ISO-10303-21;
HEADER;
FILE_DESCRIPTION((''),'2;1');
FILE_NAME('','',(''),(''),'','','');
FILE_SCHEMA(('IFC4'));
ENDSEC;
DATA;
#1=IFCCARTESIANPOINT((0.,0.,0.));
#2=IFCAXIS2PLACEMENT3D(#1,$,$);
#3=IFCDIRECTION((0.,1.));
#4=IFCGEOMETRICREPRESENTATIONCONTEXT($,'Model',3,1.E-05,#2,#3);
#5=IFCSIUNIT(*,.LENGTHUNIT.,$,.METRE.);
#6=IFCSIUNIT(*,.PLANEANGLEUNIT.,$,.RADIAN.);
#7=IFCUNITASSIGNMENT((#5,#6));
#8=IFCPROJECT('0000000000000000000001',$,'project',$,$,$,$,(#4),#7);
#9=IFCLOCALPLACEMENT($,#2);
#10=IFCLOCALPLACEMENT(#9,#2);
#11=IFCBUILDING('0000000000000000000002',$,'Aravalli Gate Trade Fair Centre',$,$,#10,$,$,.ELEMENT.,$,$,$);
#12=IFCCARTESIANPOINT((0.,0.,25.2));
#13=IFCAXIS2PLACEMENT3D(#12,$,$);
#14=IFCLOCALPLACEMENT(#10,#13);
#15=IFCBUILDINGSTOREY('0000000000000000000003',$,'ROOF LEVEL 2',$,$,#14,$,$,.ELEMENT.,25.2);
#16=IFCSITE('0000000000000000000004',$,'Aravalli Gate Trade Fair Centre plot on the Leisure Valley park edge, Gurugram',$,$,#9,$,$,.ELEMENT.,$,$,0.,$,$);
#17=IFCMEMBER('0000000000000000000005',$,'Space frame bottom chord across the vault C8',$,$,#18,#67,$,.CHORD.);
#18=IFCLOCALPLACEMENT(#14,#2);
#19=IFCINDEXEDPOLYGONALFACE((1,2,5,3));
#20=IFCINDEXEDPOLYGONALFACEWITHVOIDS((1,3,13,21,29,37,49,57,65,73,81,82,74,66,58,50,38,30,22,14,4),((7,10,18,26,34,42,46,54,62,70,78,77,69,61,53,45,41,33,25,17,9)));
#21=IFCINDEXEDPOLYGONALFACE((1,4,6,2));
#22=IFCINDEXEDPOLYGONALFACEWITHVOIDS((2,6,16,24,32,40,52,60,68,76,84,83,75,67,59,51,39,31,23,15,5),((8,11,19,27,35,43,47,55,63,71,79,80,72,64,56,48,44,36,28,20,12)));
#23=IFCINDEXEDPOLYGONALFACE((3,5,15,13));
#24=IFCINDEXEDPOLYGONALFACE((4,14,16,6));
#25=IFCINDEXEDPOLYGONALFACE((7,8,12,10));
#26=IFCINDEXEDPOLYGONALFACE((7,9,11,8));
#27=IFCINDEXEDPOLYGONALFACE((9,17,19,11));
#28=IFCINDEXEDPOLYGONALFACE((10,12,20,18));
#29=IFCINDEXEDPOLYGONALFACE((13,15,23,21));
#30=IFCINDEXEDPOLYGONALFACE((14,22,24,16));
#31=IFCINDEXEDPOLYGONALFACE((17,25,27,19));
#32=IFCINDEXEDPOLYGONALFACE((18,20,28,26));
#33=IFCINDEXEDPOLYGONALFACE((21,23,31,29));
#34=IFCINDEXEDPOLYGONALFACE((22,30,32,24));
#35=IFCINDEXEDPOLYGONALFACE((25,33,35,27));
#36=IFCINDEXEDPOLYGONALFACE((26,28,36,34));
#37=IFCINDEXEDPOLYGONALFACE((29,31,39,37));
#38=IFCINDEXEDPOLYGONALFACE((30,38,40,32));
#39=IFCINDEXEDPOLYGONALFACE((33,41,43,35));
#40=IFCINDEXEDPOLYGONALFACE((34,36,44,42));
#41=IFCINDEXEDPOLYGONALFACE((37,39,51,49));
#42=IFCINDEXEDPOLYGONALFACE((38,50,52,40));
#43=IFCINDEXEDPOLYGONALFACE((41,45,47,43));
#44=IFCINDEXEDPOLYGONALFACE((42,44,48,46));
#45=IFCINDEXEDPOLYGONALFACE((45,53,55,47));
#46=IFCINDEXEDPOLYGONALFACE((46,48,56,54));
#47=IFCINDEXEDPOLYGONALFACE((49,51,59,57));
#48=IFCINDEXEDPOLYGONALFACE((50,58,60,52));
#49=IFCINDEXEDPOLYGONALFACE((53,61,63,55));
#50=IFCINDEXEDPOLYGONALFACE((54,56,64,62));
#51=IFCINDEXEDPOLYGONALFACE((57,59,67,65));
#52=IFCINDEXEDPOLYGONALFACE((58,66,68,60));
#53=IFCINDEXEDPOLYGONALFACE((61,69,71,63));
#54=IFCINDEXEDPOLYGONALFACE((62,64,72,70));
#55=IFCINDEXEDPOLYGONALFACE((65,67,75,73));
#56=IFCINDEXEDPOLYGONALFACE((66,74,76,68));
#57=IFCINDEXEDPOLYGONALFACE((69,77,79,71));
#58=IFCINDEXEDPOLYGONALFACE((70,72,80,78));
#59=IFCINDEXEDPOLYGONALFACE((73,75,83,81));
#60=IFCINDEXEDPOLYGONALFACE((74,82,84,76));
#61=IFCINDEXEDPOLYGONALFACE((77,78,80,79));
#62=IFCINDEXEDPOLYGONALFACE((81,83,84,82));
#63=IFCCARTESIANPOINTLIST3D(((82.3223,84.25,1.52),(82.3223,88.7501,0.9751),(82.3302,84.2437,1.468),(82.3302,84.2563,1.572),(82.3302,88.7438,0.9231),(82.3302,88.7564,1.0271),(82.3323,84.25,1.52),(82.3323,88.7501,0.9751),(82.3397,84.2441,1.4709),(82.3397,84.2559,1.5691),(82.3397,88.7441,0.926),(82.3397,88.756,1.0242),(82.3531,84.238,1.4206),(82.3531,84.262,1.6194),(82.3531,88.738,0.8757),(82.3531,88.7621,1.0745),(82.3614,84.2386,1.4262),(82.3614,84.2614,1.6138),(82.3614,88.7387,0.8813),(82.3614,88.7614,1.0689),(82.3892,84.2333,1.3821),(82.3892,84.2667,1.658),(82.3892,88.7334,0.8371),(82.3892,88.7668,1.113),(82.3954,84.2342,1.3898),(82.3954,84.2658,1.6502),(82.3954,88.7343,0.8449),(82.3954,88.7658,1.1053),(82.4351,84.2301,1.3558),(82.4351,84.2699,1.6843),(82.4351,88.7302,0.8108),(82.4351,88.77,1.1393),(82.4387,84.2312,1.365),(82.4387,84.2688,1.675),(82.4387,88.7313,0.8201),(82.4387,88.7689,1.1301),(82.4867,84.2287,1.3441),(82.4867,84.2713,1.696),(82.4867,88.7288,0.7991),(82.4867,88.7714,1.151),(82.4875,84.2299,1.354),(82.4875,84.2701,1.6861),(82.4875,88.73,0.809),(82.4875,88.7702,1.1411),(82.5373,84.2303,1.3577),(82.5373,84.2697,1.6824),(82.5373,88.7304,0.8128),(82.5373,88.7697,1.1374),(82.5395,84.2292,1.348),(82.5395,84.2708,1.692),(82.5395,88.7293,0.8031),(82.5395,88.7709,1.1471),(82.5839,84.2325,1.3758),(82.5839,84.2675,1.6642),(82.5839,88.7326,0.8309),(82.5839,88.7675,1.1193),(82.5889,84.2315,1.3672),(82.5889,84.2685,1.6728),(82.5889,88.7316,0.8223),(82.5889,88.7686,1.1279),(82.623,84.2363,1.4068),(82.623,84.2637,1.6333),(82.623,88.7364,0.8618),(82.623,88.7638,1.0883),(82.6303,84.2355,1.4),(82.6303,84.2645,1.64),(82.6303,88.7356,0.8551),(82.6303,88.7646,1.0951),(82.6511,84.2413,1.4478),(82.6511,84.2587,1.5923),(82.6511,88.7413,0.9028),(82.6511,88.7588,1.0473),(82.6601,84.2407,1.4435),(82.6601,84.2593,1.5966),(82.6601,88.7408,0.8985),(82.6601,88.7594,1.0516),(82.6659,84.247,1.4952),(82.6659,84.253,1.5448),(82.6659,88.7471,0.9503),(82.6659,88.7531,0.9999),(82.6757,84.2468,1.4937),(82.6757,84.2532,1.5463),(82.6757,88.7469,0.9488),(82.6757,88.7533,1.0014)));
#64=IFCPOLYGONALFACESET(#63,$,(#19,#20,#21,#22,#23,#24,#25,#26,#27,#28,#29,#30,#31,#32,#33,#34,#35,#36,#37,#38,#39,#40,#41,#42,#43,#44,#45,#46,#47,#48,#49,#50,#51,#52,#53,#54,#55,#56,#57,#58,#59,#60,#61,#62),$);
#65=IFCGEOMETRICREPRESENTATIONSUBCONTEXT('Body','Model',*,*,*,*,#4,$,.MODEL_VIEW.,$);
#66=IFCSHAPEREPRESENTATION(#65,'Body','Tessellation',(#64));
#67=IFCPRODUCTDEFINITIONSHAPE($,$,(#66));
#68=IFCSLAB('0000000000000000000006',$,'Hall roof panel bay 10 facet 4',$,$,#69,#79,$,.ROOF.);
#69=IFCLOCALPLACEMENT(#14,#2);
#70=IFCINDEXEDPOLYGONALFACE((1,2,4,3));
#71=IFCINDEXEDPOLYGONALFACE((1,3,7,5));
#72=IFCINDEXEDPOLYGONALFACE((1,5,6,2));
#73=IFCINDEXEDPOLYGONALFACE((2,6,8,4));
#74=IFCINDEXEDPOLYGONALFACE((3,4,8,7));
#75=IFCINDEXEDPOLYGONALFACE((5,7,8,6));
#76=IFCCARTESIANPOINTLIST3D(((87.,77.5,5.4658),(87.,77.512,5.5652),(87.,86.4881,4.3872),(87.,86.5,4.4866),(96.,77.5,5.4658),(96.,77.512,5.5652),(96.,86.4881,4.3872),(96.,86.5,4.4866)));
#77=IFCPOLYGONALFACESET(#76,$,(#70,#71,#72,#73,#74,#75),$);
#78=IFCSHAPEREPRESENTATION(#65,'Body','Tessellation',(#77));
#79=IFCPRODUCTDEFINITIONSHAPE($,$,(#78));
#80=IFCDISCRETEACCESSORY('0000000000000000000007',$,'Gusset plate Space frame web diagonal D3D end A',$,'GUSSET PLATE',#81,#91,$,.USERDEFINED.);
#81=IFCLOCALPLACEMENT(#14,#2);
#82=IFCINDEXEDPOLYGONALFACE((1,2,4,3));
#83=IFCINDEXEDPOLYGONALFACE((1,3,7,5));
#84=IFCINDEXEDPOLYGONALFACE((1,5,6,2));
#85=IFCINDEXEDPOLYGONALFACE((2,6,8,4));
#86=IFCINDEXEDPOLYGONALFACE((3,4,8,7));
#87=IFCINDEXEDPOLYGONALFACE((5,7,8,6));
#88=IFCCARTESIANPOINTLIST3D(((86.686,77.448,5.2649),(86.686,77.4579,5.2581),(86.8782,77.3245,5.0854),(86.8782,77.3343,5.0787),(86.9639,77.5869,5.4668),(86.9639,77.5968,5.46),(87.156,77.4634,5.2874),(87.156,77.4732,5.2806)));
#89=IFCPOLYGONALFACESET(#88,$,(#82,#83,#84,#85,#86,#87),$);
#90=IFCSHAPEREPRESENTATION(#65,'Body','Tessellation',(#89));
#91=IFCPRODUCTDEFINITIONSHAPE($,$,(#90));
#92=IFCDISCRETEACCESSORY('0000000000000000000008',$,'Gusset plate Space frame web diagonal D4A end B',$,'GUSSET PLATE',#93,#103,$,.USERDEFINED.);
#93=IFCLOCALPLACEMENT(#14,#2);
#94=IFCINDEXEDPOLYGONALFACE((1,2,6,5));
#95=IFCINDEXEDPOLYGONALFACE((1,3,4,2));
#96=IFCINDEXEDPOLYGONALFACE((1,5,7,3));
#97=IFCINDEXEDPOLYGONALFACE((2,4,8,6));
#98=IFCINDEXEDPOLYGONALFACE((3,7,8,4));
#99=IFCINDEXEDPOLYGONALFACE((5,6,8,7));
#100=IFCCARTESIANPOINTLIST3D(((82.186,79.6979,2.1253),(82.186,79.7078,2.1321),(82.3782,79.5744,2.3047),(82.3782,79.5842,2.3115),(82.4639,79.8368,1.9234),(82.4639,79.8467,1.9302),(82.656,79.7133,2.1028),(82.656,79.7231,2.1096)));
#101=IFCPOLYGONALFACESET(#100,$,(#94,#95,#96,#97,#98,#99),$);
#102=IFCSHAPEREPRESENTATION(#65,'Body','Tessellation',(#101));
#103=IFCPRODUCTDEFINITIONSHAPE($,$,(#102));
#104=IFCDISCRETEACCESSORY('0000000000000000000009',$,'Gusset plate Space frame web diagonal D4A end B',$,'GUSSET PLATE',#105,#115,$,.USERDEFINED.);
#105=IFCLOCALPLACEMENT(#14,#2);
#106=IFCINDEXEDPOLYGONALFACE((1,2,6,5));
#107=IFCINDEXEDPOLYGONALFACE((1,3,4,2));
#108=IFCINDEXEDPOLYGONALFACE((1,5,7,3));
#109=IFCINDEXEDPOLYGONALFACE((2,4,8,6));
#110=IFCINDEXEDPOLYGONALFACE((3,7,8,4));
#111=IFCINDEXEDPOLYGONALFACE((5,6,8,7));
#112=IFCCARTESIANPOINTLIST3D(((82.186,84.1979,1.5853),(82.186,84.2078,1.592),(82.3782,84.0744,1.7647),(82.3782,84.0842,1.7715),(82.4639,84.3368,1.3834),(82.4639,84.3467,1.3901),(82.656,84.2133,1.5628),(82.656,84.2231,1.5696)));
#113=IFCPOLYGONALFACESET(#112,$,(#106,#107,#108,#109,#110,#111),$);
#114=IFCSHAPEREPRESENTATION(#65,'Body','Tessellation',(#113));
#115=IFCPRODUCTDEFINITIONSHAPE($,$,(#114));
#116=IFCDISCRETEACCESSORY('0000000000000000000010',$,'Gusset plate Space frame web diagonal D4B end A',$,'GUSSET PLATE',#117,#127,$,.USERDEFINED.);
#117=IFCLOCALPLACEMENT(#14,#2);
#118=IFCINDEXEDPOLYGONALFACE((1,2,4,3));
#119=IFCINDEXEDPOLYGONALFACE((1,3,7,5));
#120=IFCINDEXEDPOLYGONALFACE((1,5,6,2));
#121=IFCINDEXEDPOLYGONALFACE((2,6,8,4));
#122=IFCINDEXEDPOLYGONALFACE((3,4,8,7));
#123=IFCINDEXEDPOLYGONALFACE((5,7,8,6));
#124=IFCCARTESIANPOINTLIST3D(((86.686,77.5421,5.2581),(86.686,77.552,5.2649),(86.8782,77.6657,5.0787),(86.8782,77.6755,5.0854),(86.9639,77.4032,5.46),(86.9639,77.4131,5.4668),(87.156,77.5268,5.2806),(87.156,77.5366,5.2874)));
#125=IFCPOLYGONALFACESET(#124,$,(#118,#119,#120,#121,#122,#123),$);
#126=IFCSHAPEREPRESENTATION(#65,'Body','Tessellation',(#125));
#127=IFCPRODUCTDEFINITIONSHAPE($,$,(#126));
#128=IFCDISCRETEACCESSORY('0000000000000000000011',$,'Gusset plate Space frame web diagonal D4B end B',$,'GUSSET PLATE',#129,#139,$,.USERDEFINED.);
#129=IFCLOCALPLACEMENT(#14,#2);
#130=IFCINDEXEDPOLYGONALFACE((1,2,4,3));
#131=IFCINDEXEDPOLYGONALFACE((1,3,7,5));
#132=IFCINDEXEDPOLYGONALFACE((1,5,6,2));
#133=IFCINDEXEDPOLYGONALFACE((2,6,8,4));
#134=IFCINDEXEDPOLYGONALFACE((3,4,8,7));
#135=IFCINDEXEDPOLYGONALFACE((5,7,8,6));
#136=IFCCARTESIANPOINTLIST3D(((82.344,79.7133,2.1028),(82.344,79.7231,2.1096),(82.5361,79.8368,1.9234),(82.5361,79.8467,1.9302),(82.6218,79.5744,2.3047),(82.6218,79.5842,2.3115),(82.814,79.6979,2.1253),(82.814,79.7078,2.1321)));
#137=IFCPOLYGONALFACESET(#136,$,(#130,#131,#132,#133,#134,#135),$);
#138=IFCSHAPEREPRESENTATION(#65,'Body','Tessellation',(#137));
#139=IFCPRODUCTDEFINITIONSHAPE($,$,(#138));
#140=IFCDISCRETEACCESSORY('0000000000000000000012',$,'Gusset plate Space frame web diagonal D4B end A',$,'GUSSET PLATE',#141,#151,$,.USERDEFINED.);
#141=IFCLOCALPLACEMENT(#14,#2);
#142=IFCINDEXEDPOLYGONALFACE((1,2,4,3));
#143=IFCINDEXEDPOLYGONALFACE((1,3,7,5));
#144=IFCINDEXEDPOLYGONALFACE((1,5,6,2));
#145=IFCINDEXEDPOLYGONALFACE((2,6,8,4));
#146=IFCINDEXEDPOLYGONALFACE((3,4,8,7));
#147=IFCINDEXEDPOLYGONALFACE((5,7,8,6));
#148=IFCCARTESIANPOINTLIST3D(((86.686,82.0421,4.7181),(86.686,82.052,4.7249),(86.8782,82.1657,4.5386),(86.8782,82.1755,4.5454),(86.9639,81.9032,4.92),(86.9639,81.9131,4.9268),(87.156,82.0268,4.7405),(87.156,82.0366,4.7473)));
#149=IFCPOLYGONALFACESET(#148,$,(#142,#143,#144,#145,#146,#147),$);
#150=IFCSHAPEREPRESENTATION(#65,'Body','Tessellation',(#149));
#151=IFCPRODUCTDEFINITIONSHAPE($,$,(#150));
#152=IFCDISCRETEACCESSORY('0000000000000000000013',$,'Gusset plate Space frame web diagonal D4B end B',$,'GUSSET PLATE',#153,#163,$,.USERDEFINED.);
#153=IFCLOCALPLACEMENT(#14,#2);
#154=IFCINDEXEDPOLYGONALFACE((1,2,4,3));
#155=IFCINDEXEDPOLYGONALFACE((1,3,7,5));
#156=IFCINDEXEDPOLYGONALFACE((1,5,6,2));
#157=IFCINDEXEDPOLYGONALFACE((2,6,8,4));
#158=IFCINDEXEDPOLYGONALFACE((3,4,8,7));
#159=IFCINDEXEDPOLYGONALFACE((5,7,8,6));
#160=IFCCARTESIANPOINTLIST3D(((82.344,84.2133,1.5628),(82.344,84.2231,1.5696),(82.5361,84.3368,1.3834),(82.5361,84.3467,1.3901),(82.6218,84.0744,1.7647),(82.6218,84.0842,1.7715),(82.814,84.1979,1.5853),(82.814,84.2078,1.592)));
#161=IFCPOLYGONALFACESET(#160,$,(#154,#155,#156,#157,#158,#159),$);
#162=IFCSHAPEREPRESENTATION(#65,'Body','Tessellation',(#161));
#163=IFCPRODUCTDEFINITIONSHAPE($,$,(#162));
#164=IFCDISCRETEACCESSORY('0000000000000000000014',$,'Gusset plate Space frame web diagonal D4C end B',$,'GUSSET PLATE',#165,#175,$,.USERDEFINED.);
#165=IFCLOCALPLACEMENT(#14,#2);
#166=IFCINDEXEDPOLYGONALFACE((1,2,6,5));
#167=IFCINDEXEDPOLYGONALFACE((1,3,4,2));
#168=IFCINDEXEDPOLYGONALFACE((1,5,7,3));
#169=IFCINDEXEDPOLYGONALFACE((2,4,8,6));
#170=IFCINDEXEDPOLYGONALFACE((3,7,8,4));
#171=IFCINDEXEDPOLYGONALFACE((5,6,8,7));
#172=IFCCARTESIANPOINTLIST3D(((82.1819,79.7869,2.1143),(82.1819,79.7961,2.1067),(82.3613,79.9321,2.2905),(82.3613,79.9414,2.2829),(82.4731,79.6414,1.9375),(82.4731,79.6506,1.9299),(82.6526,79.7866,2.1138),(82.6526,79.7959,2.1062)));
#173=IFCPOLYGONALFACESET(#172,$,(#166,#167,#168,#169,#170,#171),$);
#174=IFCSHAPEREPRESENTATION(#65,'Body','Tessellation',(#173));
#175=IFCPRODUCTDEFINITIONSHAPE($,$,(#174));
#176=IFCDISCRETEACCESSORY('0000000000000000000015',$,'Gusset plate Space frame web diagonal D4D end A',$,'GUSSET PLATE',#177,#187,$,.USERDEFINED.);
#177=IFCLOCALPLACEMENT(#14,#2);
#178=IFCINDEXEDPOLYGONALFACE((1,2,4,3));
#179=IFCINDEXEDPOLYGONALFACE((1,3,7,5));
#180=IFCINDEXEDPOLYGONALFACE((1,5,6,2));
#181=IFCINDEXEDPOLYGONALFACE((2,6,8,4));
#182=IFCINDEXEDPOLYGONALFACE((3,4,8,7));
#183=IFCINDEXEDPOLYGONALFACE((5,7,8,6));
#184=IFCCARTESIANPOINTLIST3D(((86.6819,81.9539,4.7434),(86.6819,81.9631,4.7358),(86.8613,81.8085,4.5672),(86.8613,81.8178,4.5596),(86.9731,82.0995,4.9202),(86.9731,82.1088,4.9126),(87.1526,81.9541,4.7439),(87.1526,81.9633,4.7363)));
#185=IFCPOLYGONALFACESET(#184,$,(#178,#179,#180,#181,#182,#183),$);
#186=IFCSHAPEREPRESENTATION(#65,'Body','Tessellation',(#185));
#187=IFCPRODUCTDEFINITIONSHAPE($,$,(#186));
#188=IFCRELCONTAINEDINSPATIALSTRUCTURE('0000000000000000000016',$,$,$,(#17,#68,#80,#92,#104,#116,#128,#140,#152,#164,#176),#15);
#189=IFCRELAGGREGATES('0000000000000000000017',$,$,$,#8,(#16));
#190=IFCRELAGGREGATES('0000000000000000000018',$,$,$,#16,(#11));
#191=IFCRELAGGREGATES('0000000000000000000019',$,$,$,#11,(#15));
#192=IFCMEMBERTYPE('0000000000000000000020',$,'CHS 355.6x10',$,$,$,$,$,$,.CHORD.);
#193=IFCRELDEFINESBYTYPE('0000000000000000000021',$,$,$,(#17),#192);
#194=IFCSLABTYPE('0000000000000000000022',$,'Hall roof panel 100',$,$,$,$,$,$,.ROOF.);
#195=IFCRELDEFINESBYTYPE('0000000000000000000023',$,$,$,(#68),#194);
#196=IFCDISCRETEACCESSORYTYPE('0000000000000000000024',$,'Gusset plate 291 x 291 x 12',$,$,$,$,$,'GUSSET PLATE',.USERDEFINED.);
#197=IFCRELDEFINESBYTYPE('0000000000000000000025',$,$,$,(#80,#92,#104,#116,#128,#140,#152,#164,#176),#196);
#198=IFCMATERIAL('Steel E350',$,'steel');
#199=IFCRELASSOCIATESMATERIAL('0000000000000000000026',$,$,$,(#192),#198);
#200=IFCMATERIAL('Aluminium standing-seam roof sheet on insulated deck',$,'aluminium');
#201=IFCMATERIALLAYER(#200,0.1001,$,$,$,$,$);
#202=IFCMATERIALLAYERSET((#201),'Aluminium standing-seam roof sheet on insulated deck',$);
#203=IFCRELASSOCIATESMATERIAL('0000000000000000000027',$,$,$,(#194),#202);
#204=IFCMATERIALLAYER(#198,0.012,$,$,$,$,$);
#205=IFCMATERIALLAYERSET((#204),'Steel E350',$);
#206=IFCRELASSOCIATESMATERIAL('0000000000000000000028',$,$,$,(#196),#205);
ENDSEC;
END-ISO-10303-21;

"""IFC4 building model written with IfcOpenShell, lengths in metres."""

from ifc_helpers import new_model, si_unit, direction, frame, origin, origin_2d, place, context, subcontext, project, spatial, polyline, hollow_circle, outline, extrude, material, layer, layer_set, material_profile, profile_set, type_object, element, save


model = new_model("IFC4")

# Units and contexts
model_context = context("Model", 3, precision=1e-05, world=origin(), true_north=direction((0.0, 1.0)))
body_context = subcontext(model_context, "Body", "Model", "MODEL_VIEW")
ifc_project = project(units=[si_unit("LENGTHUNIT", "METRE"), si_unit("PLANEANGLEUNIT", "RADIAN")], contexts=[model_context])

# Site, building, storey
site_placement = place(None, origin())
site = spatial("IfcSite", under=ifc_project, at=site_placement, Name="Aravalli Gate Trade Fair Centre plot on the Leisure Valley park edge, Gurugram", CompositionType="ELEMENT", RefElevation=0.0)
building_placement = place(site_placement, origin())
building = spatial("IfcBuilding", under=site, at=building_placement, Name="Aravalli Gate Trade Fair Centre", CompositionType="ELEMENT")
storey_placement = place(building_placement, frame((0.0, 0.0, 25.2)))
storey = spatial("IfcBuildingStorey", under=building, at=storey_placement, Name="ROOF LEVEL 2", CompositionType="ELEMENT", Elevation=25.2)

# Member
ifc_material_1 = material(Name="Steel E350", Category="steel")
ifc_material_profile_1 = material_profile(ifc_material_1, hollow_circle(Radius=0.1777, WallThickness=0.01, at=origin_2d()), Name="CHS 355.6x10")
ifc_profile_set_1 = profile_set([ifc_material_profile_1], Name="Steel E350")
member_type_1 = type_object("IfcMemberType", Name="CHS 355.6x10", PredefinedType="CHORD", material=ifc_profile_set_1)
member_1_placement = place(storey_placement, frame((82.5, 84.25, 1.52), z_axis=(0.0, 0.992748, -0.120216), x_axis=(-1.0, 0.0, 0.0)))
element("IfcMember", 1, at=member_1_placement, inside=storey, type_object=member_type_1, Name="Space frame bottom chord across the vault C8", PredefinedType="CHORD", context=body_context, shape_type="SweptSolid", body=[
    extrude(hollow_circle(Radius=0.1777, WallThickness=0.01, at=origin_2d()), origin(), (0.0, 0.0, 1.0), 4.533),
])

# Slab
ifc_material_2 = material(Name="Aluminium standing-seam roof sheet on insulated deck", Category="aluminium")
ifc_layer_1 = layer(ifc_material_2, 0.1001)
ifc_layer_set_1 = layer_set([ifc_layer_1], Name="Aluminium standing-seam roof sheet on insulated deck")
slab_type = type_object("IfcSlabType", Name="Hall roof panel 100", PredefinedType="ROOF", material=ifc_layer_set_1)
slab_placement = place(storey_placement, frame((87.0, 77.512, 5.5652), z_axis=(0.0, 0.119151, 0.992876), x_axis=(1.0, 0.0, 0.0)))
element("IfcSlab", 2, at=slab_placement, inside=storey, type_object=slab_type, Name="Hall roof panel bay 10 facet 4", PredefinedType="ROOF", context=body_context, shape_type="SweptSolid", body=[
    extrude(outline(polyline([(0.0, 0.0), (9.0, 0.0), (9.0, 9.0525), (0.0, 9.0525), (0.0, 0.0)])), origin(), (0.0, 0.0, -1.0), 0.1001),
])

# Discrete accessories
ifc_layer_2 = layer(ifc_material_1, 0.012)
ifc_layer_set_2 = layer_set([ifc_layer_2], Name="Steel E350")
discrete_accessory_type = type_object("IfcDiscreteAccessoryType", Name="Gusset plate 291 x 291 x 12", ElementType="GUSSET PLATE", PredefinedType="USERDEFINED", material=ifc_layer_set_2)
for number, where, z_axis, x_axis, name in (
    (3, (86.686, 77.448, 5.2649), (-0.000137, -0.82375, 0.566952), (0.749929, 0.374965, 0.544984), "Gusset plate Space frame web diagonal D3D end A"),
    (4, (82.186, 79.7078, 2.1321), (0.000137, 0.82375, 0.566952), (0.749929, 0.374965, -0.544984), "Gusset plate Space frame web diagonal D4A end B"),
    (5, (82.186, 84.2078, 1.592), (0.000137, 0.82375, 0.566952), (0.749929, 0.374965, -0.544984), "Gusset plate Space frame web diagonal D4A end B"),
):
    element("IfcDiscreteAccessory", number, at=place(storey_placement, frame(where, z_axis=z_axis, x_axis=x_axis)), inside=storey, type_object=discrete_accessory_type, Name=name, ObjectType="GUSSET PLATE", PredefinedType="USERDEFINED", context=body_context, shape_type="SweptSolid", body=[
        extrude(outline(polyline([(0.0, 0.0), (0.3705, 0.0), (0.3705, -0.2905), (0.0, -0.2905), (0.0, 0.0)])), origin(), (0.0, 0.0, -1.0), 0.012),
    ])
discrete_accessory_1_placement = place(storey_placement, frame((86.686, 77.552, 5.2649), z_axis=(-0.000137, 0.82375, 0.566952), x_axis=(0.749929, -0.374965, 0.544984)))
element("IfcDiscreteAccessory", 6, at=discrete_accessory_1_placement, inside=storey, type_object=discrete_accessory_type, Name="Gusset plate Space frame web diagonal D4B end A", ObjectType="GUSSET PLATE", PredefinedType="USERDEFINED", context=body_context, shape_type="SweptSolid", body=[
    extrude(outline(polyline([(0.0, 0.0), (0.3705, 0.0), (0.3705, 0.2905), (0.0, 0.2905), (0.0, 0.0)])), origin(), (0.0, 0.0, -1.0), 0.012),
])
discrete_accessory_2_placement = place(storey_placement, frame((82.6218, 79.5842, 2.3115), z_axis=(-0.000137, 0.82375, 0.566952), x_axis=(-0.749929, 0.374965, -0.544984)))
element("IfcDiscreteAccessory", 7, at=discrete_accessory_2_placement, inside=storey, type_object=discrete_accessory_type, Name="Gusset plate Space frame web diagonal D4B end B", ObjectType="GUSSET PLATE", PredefinedType="USERDEFINED", context=body_context, shape_type="SweptSolid", body=[
    extrude(outline(polyline([(0.0, 0.0), (0.3705, 0.0), (0.3705, -0.2905), (0.0, -0.2905), (0.0, 0.0)])), origin(), (0.0, 0.0, -1.0), 0.012),
])
discrete_accessory_3_placement = place(storey_placement, frame((86.686, 82.052, 4.7249), z_axis=(-0.000137, 0.82375, 0.566952), x_axis=(0.749929, -0.374965, 0.544984)))
element("IfcDiscreteAccessory", 8, at=discrete_accessory_3_placement, inside=storey, type_object=discrete_accessory_type, Name="Gusset plate Space frame web diagonal D4B end A", ObjectType="GUSSET PLATE", PredefinedType="USERDEFINED", context=body_context, shape_type="SweptSolid", body=[
    extrude(outline(polyline([(0.0, 0.0), (0.3705, 0.0), (0.3705, 0.2905), (0.0, 0.2905), (0.0, 0.0)])), origin(), (0.0, 0.0, -1.0), 0.012),
])
discrete_accessory_4_placement = place(storey_placement, frame((82.6218, 84.0842, 1.7715), z_axis=(-0.000137, 0.82375, 0.566952), x_axis=(-0.749929, 0.374965, -0.544984)))
element("IfcDiscreteAccessory", 9, at=discrete_accessory_4_placement, inside=storey, type_object=discrete_accessory_type, Name="Gusset plate Space frame web diagonal D4B end B", ObjectType="GUSSET PLATE", PredefinedType="USERDEFINED", context=body_context, shape_type="SweptSolid", body=[
    extrude(outline(polyline([(0.0, 0.0), (0.3705, 0.0), (0.3705, -0.2905), (0.0, -0.2905), (0.0, 0.0)])), origin(), (0.0, 0.0, -1.0), 0.012),
])
discrete_accessory_5_placement = place(storey_placement, frame((82.1819, 79.7869, 2.1143), z_axis=(0.000259, -0.771844, 0.635812), x_axis=(0.78619, -0.392765, -0.477118)))
element("IfcDiscreteAccessory", 10, at=discrete_accessory_5_placement, inside=storey, type_object=discrete_accessory_type, Name="Gusset plate Space frame web diagonal D4C end B", ObjectType="GUSSET PLATE", PredefinedType="USERDEFINED", context=body_context, shape_type="SweptSolid", body=[
    extrude(outline(polyline([(0.0, 0.0), (0.3705, 0.0), (0.3704, 0.2905), (-0.0001, 0.2905), (0.0, 0.0)])), origin(), (0.0, 0.0, -1.0), 0.012),
])
discrete_accessory_6_placement = place(storey_placement, frame((86.6819, 81.9539, 4.7434), z_axis=(-0.00026, -0.771582, 0.63613), x_axis=(0.785986, 0.393126, 0.477156)))
element("IfcDiscreteAccessory", 11, at=discrete_accessory_6_placement, inside=storey, type_object=discrete_accessory_type, Name="Gusset plate Space frame web diagonal D4D end A", ObjectType="GUSSET PLATE", PredefinedType="USERDEFINED", context=body_context, shape_type="SweptSolid", body=[
    extrude(outline(polyline([(0.0, 0.0), (0.3706, 0.0), (0.3703, -0.2906), (-0.0002, -0.2905), (0.0, 0.0)])), origin(), (0.0, 0.0, -1.0), 0.012),
])

save(model, "model.ifc")
